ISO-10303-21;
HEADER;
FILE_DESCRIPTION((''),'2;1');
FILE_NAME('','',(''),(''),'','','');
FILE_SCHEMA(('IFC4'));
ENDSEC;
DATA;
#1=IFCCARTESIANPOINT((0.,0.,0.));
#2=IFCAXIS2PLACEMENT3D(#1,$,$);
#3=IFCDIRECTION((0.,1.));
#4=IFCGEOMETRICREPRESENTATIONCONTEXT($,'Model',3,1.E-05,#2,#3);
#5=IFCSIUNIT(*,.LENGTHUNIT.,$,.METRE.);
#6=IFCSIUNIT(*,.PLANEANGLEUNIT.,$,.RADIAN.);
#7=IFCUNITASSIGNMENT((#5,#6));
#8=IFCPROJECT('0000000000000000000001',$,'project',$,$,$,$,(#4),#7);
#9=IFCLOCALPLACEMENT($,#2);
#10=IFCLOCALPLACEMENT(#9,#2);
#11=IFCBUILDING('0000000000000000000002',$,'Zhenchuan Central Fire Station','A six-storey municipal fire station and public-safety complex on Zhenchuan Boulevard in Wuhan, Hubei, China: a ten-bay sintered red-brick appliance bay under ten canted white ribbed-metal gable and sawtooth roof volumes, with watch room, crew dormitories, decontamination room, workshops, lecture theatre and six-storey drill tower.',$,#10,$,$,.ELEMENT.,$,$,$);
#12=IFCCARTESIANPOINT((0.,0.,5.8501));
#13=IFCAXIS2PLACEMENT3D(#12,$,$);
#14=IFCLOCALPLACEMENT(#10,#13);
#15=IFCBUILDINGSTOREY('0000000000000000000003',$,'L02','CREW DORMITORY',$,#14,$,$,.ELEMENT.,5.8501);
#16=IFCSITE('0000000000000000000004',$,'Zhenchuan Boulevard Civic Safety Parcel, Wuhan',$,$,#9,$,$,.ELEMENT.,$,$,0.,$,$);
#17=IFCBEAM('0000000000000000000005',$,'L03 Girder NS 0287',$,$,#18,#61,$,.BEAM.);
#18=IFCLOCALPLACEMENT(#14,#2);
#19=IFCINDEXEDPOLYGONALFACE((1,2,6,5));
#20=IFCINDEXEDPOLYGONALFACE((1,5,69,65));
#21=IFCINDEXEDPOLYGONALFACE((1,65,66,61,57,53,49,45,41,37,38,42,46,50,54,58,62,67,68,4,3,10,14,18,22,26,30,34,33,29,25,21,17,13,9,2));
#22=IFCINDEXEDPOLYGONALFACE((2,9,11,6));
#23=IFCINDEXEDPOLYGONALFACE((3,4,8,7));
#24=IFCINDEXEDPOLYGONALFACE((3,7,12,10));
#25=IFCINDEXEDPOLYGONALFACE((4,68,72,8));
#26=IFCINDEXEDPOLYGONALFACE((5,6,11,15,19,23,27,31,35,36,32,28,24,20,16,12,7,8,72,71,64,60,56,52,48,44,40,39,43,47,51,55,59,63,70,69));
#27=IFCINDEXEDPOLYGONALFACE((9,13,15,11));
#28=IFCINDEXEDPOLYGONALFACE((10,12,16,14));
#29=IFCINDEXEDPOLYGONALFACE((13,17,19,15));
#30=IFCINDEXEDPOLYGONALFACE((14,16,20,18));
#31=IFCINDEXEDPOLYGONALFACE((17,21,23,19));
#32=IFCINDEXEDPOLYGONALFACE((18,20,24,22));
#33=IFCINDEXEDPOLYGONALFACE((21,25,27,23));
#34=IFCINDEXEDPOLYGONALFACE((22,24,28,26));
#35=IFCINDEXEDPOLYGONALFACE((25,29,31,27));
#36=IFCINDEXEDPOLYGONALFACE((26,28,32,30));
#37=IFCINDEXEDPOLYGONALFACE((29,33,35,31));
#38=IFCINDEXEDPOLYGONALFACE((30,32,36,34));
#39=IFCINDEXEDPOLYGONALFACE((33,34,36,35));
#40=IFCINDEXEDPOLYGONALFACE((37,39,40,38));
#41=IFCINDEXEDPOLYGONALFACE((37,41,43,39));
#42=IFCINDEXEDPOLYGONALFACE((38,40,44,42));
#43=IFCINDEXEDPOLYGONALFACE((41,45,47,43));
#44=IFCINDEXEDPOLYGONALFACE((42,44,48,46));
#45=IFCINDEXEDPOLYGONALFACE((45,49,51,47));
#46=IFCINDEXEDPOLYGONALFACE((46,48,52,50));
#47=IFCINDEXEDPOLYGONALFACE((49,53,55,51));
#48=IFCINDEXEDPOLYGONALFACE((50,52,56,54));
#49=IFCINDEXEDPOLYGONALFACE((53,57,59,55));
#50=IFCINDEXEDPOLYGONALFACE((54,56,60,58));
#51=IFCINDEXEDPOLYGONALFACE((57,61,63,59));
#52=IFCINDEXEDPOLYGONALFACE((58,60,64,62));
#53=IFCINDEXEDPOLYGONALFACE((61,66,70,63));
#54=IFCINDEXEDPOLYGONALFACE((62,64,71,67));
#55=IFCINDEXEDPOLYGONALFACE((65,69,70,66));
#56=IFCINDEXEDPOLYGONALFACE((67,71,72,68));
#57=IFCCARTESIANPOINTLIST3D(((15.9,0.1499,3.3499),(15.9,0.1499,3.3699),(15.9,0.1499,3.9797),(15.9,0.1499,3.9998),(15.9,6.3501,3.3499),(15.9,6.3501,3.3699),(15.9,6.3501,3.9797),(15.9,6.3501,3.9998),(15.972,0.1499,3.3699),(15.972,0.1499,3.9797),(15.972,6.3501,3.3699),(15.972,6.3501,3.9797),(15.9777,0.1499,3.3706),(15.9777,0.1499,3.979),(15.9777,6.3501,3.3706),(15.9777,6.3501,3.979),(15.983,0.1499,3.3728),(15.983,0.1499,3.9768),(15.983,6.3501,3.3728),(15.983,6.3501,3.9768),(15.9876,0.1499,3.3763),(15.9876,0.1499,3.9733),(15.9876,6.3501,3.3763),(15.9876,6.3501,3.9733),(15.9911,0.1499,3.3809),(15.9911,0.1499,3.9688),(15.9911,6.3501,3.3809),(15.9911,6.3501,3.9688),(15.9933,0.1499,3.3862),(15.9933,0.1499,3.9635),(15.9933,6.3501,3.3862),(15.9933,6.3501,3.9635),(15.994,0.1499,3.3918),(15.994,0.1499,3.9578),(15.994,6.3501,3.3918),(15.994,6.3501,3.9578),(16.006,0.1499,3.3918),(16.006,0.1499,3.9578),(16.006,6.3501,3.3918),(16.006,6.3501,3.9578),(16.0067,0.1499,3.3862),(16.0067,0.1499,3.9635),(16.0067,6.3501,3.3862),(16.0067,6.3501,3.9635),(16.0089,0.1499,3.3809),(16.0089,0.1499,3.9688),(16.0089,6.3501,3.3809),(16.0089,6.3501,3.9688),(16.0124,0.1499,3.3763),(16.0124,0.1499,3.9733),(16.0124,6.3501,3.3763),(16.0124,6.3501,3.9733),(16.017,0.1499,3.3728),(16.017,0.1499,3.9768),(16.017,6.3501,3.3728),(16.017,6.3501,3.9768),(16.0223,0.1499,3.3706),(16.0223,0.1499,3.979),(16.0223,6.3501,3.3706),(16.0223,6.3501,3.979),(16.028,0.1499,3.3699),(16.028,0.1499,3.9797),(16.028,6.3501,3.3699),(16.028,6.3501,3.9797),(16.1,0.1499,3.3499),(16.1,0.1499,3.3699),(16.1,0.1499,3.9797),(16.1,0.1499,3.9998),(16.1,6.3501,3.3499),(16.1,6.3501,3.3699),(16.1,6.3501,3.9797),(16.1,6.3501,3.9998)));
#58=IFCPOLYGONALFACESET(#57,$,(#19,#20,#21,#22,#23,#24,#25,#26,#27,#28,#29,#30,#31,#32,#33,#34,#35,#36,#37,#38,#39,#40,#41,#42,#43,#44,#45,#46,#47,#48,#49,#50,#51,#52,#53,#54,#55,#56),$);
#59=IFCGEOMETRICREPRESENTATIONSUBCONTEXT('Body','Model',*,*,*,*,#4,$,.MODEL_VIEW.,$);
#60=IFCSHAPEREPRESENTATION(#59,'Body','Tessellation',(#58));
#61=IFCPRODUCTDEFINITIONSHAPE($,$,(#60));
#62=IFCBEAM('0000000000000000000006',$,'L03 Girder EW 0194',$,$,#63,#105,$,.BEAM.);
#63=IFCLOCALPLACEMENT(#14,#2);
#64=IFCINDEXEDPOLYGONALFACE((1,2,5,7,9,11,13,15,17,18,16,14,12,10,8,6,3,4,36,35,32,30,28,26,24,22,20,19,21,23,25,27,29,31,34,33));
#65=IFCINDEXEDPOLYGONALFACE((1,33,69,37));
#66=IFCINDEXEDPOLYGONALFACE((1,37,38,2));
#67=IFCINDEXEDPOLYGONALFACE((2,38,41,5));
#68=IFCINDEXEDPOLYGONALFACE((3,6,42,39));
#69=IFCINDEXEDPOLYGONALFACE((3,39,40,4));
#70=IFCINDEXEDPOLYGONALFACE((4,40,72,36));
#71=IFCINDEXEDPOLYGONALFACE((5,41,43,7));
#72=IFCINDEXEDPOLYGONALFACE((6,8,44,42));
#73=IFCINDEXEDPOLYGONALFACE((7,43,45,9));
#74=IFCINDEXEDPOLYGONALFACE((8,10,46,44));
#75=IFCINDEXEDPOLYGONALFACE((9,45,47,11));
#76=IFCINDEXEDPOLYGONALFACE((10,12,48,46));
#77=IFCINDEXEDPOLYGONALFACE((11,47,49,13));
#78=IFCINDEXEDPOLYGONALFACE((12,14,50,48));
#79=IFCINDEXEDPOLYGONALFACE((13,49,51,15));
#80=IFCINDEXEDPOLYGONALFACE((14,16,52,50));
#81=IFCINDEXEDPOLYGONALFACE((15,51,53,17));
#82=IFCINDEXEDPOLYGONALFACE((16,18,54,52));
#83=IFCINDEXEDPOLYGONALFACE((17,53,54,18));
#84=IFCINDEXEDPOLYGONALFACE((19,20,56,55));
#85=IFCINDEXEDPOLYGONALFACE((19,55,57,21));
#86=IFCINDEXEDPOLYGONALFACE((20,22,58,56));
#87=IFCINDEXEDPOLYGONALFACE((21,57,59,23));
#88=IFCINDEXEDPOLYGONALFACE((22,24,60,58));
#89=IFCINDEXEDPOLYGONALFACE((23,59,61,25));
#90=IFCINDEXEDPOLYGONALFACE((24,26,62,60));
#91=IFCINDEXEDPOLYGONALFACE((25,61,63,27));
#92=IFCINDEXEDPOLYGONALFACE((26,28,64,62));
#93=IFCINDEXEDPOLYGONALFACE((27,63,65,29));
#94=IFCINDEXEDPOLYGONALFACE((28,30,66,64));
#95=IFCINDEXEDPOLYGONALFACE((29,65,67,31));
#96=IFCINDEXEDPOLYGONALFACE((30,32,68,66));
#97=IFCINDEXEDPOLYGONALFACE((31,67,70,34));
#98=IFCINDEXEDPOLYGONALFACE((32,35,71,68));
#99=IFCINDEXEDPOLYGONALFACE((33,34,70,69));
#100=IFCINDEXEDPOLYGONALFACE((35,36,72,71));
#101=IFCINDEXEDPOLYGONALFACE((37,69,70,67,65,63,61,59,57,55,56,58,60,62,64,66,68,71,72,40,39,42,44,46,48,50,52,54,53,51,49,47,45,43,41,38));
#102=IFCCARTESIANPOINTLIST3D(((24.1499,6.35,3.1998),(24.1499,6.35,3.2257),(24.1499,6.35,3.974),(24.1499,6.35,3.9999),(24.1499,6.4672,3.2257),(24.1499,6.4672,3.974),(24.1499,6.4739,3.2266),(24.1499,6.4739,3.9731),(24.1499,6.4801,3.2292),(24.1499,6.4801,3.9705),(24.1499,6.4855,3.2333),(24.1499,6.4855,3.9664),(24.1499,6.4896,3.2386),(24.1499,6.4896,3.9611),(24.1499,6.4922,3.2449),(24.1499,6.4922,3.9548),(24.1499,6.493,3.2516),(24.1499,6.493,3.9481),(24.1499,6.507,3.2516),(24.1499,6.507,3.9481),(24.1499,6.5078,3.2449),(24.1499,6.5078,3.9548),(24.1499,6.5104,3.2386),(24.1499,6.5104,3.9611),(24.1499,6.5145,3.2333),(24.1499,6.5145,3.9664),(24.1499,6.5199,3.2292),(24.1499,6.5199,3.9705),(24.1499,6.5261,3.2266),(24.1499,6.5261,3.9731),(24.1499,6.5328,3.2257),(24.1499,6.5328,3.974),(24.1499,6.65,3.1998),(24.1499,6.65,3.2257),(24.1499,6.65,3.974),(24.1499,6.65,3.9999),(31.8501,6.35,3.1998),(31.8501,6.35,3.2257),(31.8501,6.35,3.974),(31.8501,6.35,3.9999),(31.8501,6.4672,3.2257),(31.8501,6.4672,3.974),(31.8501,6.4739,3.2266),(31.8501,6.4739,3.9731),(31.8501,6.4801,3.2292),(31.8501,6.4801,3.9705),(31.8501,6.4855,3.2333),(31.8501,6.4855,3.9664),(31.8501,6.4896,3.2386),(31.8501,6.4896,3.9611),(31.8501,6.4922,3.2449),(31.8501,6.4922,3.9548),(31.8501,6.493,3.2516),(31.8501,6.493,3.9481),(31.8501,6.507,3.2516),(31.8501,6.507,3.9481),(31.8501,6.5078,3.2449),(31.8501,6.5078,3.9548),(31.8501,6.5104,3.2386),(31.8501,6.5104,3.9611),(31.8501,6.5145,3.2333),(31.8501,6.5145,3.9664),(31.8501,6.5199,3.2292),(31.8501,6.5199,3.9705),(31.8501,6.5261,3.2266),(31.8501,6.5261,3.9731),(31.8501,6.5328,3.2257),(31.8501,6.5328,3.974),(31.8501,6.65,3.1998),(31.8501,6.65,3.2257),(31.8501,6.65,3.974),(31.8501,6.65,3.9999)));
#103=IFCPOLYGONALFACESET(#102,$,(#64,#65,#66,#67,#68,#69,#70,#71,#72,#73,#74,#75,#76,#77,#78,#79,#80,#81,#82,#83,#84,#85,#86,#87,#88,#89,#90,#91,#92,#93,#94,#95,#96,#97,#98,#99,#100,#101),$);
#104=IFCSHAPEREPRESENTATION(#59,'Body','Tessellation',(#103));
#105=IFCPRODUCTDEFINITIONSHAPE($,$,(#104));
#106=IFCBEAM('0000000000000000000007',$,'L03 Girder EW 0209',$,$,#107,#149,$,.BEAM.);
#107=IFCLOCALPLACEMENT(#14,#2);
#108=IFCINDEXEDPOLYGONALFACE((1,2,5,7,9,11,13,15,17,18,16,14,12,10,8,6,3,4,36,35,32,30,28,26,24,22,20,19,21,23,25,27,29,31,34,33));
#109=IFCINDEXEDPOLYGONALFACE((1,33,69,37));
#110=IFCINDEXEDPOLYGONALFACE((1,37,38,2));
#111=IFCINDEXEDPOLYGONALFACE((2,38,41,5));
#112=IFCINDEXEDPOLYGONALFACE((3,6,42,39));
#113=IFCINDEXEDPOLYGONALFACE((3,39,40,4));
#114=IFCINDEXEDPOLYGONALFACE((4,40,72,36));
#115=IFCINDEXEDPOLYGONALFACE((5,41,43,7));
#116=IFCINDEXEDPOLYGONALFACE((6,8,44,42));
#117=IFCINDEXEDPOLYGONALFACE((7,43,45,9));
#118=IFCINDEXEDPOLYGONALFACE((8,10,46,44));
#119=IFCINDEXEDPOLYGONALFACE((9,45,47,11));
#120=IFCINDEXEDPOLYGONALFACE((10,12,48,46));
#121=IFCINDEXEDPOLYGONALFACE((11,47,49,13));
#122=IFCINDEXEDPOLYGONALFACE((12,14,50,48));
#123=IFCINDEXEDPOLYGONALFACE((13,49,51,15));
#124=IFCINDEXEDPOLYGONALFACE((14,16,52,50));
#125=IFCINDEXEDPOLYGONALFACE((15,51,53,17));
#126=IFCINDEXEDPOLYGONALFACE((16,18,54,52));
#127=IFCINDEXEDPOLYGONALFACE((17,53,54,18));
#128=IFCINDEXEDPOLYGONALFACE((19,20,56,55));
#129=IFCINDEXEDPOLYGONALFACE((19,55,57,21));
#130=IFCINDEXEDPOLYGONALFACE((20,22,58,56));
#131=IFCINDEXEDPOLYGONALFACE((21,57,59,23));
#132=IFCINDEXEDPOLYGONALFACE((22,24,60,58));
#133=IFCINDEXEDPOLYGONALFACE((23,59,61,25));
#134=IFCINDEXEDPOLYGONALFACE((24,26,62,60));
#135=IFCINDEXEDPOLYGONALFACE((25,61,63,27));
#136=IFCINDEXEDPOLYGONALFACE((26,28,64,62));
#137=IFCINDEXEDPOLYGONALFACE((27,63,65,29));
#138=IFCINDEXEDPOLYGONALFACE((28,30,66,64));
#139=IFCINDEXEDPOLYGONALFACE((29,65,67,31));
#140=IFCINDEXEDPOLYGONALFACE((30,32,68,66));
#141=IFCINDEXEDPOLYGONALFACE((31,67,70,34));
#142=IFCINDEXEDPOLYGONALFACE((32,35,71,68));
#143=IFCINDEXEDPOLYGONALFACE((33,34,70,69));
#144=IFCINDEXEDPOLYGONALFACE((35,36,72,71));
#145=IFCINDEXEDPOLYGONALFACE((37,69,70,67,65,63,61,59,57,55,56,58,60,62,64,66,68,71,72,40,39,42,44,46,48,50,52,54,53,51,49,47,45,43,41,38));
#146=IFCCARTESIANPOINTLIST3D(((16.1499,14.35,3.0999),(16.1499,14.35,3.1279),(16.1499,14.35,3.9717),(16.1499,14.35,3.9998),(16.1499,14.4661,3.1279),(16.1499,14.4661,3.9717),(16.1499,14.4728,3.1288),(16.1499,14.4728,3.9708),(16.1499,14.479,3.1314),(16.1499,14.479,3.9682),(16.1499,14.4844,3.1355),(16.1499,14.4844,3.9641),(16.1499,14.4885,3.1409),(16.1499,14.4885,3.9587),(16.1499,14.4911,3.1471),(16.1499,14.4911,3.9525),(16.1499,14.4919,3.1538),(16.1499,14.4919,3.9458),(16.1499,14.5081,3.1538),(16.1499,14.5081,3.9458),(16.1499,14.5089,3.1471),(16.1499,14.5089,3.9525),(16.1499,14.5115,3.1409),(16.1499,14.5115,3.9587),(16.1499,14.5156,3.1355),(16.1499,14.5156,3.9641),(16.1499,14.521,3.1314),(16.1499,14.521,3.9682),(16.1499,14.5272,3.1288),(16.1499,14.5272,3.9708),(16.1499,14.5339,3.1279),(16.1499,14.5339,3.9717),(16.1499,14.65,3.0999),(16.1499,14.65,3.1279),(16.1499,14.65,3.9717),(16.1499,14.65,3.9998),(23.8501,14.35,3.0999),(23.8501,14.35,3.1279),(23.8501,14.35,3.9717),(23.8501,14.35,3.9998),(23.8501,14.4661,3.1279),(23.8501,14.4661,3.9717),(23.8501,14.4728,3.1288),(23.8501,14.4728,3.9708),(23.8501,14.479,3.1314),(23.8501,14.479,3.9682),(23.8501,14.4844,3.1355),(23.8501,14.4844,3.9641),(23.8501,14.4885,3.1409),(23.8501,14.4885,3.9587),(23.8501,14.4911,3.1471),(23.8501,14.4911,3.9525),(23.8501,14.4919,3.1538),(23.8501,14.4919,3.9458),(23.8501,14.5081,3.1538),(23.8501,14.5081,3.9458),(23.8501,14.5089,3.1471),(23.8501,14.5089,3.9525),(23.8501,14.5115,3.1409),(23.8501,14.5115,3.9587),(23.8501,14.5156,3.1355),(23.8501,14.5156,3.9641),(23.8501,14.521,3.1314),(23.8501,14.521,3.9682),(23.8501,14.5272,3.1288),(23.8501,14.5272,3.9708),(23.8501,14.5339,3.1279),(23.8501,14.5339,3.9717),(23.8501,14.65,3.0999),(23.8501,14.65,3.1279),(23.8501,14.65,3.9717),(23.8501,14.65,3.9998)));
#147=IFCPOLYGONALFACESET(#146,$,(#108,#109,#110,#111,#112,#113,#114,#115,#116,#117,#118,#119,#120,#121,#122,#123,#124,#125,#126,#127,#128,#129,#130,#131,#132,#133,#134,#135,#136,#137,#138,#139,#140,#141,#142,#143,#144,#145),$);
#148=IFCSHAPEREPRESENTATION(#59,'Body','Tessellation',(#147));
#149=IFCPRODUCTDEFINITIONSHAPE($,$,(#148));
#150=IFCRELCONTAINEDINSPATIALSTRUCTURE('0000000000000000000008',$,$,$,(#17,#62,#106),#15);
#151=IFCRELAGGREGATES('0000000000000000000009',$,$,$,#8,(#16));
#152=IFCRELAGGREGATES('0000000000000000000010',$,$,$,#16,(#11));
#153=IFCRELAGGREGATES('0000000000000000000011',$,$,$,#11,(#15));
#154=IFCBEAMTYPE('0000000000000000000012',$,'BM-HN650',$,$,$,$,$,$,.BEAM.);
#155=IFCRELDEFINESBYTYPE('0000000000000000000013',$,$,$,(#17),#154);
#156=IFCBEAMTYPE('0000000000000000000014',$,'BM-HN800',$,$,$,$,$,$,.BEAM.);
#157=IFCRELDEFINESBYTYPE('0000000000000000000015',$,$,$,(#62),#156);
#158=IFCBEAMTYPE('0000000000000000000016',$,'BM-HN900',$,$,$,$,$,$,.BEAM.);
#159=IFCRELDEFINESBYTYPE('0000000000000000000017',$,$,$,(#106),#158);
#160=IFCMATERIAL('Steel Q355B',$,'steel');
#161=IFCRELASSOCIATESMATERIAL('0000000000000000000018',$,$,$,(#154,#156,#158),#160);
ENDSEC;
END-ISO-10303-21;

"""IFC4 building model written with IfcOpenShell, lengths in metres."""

from ifc_helpers import new_model, si_unit, direction, frame, origin, origin_2d, place, context, subcontext, project, spatial, i_section, extrude, material, material_profile, profile_set, type_object, element, save


model = new_model("IFC4")

# Units and contexts
model_context = context("Model", 3, precision=1e-05, world=origin(), true_north=direction((0.0, 1.0)))
body_context = subcontext(model_context, "Body", "Model", "MODEL_VIEW")
ifc_project = project(units=[si_unit("LENGTHUNIT", "METRE"), si_unit("PLANEANGLEUNIT", "RADIAN")], contexts=[model_context])

# Site, building, storey
site_placement = place(None, origin())
site = spatial("IfcSite", under=ifc_project, at=site_placement, Name="Zhenchuan Boulevard Civic Safety Parcel, Wuhan", CompositionType="ELEMENT", RefElevation=0.0)
building_placement = place(site_placement, origin())
building = spatial("IfcBuilding", under=site, at=building_placement, Name="Zhenchuan Central Fire Station", Description="A six-storey municipal fire station and public-safety complex on Zhenchuan Boulevard in Wuhan, Hubei, China: a ten-bay sintered red-brick appliance bay under ten canted white ribbed-metal gable and sawtooth roof volumes, with watch room, crew dormitories, decontamination room, workshops, lecture theatre and six-storey drill tower.", CompositionType="ELEMENT")
storey_placement = place(building_placement, frame((0.0, 0.0, 5.8501)))
storey = spatial("IfcBuildingStorey", under=building, at=storey_placement, Name="L02", Description="CREW DORMITORY", CompositionType="ELEMENT", Elevation=5.8501)

# Shared definitions
ifc_material_1 = material(Name="Steel Q355B", Category="steel")

# Beams
ifc_material_profile_1 = material_profile(ifc_material_1, i_section(OverallWidth=0.2, OverallDepth=0.6499, WebThickness=0.012, FlangeThickness=0.02, FilletRadius=0.022, at=origin_2d()), Name="HN 650x200")
ifc_profile_set_1 = profile_set([ifc_material_profile_1], Name="Steel Q355B")
beam_type_1 = type_object("IfcBeamType", Name="BM-HN650", PredefinedType="BEAM", material=ifc_profile_set_1)
beam_1_placement = place(storey_placement, frame((16.0, 0.1499, 3.6748), z_axis=(0.0, 1.0, 0.0), x_axis=(-1.0, 0.0, 0.0)))
element("IfcBeam", 1, at=beam_1_placement, inside=storey, type_object=beam_type_1, Name="L03 Girder NS 0287", PredefinedType="BEAM", context=body_context, shape_type="SweptSolid", body=[
    extrude(i_section(OverallWidth=0.2, OverallDepth=0.6499, WebThickness=0.012, FlangeThickness=0.02, FilletRadius=0.022, at=origin_2d()), origin(), (0.0, 0.0, 1.0), 6.2002),
])
ifc_material_profile_2 = material_profile(ifc_material_1, i_section(OverallWidth=0.3, OverallDepth=0.8, WebThickness=0.0139, FlangeThickness=0.0259, FilletRadius=0.0259, at=origin_2d()), Name="HN 800x300")
ifc_profile_set_2 = profile_set([ifc_material_profile_2], Name="Steel Q355B")
beam_type_2 = type_object("IfcBeamType", Name="BM-HN800", PredefinedType="BEAM", material=ifc_profile_set_2)
beam_2_placement = place(storey_placement, frame((24.1499, 6.5, 3.5999), z_axis=(1.0, 0.0, 0.0), x_axis=(0.0, 1.0, 0.0)))
element("IfcBeam", 2, at=beam_2_placement, inside=storey, type_object=beam_type_2, Name="L03 Girder EW 0194", PredefinedType="BEAM", context=body_context, shape_type="SweptSolid", body=[
    extrude(i_section(OverallWidth=0.3, OverallDepth=0.8, WebThickness=0.0139, FlangeThickness=0.0259, FilletRadius=0.0259, at=origin_2d()), origin(), (0.0, 0.0, 1.0), 7.7002),
])
ifc_material_profile_3 = material_profile(ifc_material_1, i_section(OverallWidth=0.3, OverallDepth=0.8999, WebThickness=0.0161, FlangeThickness=0.0281, FilletRadius=0.0259, at=origin_2d()), Name="HN 900x300")
ifc_profile_set_3 = profile_set([ifc_material_profile_3], Name="Steel Q355B")
beam_type_3 = type_object("IfcBeamType", Name="BM-HN900", PredefinedType="BEAM", material=ifc_profile_set_3)
beam_3_placement = place(storey_placement, frame((16.1499, 14.5, 3.5498), z_axis=(1.0, 0.0, 0.0), x_axis=(0.0, 1.0, 0.0)))
element("IfcBeam", 3, at=beam_3_placement, inside=storey, type_object=beam_type_3, Name="L03 Girder EW 0209", PredefinedType="BEAM", context=body_context, shape_type="SweptSolid", body=[
    extrude(i_section(OverallWidth=0.3, OverallDepth=0.8999, WebThickness=0.0161, FlangeThickness=0.0281, FilletRadius=0.0259, at=origin_2d()), origin(), (0.0, 0.0, 1.0), 7.7002),
])

save(model, "model.ifc")
